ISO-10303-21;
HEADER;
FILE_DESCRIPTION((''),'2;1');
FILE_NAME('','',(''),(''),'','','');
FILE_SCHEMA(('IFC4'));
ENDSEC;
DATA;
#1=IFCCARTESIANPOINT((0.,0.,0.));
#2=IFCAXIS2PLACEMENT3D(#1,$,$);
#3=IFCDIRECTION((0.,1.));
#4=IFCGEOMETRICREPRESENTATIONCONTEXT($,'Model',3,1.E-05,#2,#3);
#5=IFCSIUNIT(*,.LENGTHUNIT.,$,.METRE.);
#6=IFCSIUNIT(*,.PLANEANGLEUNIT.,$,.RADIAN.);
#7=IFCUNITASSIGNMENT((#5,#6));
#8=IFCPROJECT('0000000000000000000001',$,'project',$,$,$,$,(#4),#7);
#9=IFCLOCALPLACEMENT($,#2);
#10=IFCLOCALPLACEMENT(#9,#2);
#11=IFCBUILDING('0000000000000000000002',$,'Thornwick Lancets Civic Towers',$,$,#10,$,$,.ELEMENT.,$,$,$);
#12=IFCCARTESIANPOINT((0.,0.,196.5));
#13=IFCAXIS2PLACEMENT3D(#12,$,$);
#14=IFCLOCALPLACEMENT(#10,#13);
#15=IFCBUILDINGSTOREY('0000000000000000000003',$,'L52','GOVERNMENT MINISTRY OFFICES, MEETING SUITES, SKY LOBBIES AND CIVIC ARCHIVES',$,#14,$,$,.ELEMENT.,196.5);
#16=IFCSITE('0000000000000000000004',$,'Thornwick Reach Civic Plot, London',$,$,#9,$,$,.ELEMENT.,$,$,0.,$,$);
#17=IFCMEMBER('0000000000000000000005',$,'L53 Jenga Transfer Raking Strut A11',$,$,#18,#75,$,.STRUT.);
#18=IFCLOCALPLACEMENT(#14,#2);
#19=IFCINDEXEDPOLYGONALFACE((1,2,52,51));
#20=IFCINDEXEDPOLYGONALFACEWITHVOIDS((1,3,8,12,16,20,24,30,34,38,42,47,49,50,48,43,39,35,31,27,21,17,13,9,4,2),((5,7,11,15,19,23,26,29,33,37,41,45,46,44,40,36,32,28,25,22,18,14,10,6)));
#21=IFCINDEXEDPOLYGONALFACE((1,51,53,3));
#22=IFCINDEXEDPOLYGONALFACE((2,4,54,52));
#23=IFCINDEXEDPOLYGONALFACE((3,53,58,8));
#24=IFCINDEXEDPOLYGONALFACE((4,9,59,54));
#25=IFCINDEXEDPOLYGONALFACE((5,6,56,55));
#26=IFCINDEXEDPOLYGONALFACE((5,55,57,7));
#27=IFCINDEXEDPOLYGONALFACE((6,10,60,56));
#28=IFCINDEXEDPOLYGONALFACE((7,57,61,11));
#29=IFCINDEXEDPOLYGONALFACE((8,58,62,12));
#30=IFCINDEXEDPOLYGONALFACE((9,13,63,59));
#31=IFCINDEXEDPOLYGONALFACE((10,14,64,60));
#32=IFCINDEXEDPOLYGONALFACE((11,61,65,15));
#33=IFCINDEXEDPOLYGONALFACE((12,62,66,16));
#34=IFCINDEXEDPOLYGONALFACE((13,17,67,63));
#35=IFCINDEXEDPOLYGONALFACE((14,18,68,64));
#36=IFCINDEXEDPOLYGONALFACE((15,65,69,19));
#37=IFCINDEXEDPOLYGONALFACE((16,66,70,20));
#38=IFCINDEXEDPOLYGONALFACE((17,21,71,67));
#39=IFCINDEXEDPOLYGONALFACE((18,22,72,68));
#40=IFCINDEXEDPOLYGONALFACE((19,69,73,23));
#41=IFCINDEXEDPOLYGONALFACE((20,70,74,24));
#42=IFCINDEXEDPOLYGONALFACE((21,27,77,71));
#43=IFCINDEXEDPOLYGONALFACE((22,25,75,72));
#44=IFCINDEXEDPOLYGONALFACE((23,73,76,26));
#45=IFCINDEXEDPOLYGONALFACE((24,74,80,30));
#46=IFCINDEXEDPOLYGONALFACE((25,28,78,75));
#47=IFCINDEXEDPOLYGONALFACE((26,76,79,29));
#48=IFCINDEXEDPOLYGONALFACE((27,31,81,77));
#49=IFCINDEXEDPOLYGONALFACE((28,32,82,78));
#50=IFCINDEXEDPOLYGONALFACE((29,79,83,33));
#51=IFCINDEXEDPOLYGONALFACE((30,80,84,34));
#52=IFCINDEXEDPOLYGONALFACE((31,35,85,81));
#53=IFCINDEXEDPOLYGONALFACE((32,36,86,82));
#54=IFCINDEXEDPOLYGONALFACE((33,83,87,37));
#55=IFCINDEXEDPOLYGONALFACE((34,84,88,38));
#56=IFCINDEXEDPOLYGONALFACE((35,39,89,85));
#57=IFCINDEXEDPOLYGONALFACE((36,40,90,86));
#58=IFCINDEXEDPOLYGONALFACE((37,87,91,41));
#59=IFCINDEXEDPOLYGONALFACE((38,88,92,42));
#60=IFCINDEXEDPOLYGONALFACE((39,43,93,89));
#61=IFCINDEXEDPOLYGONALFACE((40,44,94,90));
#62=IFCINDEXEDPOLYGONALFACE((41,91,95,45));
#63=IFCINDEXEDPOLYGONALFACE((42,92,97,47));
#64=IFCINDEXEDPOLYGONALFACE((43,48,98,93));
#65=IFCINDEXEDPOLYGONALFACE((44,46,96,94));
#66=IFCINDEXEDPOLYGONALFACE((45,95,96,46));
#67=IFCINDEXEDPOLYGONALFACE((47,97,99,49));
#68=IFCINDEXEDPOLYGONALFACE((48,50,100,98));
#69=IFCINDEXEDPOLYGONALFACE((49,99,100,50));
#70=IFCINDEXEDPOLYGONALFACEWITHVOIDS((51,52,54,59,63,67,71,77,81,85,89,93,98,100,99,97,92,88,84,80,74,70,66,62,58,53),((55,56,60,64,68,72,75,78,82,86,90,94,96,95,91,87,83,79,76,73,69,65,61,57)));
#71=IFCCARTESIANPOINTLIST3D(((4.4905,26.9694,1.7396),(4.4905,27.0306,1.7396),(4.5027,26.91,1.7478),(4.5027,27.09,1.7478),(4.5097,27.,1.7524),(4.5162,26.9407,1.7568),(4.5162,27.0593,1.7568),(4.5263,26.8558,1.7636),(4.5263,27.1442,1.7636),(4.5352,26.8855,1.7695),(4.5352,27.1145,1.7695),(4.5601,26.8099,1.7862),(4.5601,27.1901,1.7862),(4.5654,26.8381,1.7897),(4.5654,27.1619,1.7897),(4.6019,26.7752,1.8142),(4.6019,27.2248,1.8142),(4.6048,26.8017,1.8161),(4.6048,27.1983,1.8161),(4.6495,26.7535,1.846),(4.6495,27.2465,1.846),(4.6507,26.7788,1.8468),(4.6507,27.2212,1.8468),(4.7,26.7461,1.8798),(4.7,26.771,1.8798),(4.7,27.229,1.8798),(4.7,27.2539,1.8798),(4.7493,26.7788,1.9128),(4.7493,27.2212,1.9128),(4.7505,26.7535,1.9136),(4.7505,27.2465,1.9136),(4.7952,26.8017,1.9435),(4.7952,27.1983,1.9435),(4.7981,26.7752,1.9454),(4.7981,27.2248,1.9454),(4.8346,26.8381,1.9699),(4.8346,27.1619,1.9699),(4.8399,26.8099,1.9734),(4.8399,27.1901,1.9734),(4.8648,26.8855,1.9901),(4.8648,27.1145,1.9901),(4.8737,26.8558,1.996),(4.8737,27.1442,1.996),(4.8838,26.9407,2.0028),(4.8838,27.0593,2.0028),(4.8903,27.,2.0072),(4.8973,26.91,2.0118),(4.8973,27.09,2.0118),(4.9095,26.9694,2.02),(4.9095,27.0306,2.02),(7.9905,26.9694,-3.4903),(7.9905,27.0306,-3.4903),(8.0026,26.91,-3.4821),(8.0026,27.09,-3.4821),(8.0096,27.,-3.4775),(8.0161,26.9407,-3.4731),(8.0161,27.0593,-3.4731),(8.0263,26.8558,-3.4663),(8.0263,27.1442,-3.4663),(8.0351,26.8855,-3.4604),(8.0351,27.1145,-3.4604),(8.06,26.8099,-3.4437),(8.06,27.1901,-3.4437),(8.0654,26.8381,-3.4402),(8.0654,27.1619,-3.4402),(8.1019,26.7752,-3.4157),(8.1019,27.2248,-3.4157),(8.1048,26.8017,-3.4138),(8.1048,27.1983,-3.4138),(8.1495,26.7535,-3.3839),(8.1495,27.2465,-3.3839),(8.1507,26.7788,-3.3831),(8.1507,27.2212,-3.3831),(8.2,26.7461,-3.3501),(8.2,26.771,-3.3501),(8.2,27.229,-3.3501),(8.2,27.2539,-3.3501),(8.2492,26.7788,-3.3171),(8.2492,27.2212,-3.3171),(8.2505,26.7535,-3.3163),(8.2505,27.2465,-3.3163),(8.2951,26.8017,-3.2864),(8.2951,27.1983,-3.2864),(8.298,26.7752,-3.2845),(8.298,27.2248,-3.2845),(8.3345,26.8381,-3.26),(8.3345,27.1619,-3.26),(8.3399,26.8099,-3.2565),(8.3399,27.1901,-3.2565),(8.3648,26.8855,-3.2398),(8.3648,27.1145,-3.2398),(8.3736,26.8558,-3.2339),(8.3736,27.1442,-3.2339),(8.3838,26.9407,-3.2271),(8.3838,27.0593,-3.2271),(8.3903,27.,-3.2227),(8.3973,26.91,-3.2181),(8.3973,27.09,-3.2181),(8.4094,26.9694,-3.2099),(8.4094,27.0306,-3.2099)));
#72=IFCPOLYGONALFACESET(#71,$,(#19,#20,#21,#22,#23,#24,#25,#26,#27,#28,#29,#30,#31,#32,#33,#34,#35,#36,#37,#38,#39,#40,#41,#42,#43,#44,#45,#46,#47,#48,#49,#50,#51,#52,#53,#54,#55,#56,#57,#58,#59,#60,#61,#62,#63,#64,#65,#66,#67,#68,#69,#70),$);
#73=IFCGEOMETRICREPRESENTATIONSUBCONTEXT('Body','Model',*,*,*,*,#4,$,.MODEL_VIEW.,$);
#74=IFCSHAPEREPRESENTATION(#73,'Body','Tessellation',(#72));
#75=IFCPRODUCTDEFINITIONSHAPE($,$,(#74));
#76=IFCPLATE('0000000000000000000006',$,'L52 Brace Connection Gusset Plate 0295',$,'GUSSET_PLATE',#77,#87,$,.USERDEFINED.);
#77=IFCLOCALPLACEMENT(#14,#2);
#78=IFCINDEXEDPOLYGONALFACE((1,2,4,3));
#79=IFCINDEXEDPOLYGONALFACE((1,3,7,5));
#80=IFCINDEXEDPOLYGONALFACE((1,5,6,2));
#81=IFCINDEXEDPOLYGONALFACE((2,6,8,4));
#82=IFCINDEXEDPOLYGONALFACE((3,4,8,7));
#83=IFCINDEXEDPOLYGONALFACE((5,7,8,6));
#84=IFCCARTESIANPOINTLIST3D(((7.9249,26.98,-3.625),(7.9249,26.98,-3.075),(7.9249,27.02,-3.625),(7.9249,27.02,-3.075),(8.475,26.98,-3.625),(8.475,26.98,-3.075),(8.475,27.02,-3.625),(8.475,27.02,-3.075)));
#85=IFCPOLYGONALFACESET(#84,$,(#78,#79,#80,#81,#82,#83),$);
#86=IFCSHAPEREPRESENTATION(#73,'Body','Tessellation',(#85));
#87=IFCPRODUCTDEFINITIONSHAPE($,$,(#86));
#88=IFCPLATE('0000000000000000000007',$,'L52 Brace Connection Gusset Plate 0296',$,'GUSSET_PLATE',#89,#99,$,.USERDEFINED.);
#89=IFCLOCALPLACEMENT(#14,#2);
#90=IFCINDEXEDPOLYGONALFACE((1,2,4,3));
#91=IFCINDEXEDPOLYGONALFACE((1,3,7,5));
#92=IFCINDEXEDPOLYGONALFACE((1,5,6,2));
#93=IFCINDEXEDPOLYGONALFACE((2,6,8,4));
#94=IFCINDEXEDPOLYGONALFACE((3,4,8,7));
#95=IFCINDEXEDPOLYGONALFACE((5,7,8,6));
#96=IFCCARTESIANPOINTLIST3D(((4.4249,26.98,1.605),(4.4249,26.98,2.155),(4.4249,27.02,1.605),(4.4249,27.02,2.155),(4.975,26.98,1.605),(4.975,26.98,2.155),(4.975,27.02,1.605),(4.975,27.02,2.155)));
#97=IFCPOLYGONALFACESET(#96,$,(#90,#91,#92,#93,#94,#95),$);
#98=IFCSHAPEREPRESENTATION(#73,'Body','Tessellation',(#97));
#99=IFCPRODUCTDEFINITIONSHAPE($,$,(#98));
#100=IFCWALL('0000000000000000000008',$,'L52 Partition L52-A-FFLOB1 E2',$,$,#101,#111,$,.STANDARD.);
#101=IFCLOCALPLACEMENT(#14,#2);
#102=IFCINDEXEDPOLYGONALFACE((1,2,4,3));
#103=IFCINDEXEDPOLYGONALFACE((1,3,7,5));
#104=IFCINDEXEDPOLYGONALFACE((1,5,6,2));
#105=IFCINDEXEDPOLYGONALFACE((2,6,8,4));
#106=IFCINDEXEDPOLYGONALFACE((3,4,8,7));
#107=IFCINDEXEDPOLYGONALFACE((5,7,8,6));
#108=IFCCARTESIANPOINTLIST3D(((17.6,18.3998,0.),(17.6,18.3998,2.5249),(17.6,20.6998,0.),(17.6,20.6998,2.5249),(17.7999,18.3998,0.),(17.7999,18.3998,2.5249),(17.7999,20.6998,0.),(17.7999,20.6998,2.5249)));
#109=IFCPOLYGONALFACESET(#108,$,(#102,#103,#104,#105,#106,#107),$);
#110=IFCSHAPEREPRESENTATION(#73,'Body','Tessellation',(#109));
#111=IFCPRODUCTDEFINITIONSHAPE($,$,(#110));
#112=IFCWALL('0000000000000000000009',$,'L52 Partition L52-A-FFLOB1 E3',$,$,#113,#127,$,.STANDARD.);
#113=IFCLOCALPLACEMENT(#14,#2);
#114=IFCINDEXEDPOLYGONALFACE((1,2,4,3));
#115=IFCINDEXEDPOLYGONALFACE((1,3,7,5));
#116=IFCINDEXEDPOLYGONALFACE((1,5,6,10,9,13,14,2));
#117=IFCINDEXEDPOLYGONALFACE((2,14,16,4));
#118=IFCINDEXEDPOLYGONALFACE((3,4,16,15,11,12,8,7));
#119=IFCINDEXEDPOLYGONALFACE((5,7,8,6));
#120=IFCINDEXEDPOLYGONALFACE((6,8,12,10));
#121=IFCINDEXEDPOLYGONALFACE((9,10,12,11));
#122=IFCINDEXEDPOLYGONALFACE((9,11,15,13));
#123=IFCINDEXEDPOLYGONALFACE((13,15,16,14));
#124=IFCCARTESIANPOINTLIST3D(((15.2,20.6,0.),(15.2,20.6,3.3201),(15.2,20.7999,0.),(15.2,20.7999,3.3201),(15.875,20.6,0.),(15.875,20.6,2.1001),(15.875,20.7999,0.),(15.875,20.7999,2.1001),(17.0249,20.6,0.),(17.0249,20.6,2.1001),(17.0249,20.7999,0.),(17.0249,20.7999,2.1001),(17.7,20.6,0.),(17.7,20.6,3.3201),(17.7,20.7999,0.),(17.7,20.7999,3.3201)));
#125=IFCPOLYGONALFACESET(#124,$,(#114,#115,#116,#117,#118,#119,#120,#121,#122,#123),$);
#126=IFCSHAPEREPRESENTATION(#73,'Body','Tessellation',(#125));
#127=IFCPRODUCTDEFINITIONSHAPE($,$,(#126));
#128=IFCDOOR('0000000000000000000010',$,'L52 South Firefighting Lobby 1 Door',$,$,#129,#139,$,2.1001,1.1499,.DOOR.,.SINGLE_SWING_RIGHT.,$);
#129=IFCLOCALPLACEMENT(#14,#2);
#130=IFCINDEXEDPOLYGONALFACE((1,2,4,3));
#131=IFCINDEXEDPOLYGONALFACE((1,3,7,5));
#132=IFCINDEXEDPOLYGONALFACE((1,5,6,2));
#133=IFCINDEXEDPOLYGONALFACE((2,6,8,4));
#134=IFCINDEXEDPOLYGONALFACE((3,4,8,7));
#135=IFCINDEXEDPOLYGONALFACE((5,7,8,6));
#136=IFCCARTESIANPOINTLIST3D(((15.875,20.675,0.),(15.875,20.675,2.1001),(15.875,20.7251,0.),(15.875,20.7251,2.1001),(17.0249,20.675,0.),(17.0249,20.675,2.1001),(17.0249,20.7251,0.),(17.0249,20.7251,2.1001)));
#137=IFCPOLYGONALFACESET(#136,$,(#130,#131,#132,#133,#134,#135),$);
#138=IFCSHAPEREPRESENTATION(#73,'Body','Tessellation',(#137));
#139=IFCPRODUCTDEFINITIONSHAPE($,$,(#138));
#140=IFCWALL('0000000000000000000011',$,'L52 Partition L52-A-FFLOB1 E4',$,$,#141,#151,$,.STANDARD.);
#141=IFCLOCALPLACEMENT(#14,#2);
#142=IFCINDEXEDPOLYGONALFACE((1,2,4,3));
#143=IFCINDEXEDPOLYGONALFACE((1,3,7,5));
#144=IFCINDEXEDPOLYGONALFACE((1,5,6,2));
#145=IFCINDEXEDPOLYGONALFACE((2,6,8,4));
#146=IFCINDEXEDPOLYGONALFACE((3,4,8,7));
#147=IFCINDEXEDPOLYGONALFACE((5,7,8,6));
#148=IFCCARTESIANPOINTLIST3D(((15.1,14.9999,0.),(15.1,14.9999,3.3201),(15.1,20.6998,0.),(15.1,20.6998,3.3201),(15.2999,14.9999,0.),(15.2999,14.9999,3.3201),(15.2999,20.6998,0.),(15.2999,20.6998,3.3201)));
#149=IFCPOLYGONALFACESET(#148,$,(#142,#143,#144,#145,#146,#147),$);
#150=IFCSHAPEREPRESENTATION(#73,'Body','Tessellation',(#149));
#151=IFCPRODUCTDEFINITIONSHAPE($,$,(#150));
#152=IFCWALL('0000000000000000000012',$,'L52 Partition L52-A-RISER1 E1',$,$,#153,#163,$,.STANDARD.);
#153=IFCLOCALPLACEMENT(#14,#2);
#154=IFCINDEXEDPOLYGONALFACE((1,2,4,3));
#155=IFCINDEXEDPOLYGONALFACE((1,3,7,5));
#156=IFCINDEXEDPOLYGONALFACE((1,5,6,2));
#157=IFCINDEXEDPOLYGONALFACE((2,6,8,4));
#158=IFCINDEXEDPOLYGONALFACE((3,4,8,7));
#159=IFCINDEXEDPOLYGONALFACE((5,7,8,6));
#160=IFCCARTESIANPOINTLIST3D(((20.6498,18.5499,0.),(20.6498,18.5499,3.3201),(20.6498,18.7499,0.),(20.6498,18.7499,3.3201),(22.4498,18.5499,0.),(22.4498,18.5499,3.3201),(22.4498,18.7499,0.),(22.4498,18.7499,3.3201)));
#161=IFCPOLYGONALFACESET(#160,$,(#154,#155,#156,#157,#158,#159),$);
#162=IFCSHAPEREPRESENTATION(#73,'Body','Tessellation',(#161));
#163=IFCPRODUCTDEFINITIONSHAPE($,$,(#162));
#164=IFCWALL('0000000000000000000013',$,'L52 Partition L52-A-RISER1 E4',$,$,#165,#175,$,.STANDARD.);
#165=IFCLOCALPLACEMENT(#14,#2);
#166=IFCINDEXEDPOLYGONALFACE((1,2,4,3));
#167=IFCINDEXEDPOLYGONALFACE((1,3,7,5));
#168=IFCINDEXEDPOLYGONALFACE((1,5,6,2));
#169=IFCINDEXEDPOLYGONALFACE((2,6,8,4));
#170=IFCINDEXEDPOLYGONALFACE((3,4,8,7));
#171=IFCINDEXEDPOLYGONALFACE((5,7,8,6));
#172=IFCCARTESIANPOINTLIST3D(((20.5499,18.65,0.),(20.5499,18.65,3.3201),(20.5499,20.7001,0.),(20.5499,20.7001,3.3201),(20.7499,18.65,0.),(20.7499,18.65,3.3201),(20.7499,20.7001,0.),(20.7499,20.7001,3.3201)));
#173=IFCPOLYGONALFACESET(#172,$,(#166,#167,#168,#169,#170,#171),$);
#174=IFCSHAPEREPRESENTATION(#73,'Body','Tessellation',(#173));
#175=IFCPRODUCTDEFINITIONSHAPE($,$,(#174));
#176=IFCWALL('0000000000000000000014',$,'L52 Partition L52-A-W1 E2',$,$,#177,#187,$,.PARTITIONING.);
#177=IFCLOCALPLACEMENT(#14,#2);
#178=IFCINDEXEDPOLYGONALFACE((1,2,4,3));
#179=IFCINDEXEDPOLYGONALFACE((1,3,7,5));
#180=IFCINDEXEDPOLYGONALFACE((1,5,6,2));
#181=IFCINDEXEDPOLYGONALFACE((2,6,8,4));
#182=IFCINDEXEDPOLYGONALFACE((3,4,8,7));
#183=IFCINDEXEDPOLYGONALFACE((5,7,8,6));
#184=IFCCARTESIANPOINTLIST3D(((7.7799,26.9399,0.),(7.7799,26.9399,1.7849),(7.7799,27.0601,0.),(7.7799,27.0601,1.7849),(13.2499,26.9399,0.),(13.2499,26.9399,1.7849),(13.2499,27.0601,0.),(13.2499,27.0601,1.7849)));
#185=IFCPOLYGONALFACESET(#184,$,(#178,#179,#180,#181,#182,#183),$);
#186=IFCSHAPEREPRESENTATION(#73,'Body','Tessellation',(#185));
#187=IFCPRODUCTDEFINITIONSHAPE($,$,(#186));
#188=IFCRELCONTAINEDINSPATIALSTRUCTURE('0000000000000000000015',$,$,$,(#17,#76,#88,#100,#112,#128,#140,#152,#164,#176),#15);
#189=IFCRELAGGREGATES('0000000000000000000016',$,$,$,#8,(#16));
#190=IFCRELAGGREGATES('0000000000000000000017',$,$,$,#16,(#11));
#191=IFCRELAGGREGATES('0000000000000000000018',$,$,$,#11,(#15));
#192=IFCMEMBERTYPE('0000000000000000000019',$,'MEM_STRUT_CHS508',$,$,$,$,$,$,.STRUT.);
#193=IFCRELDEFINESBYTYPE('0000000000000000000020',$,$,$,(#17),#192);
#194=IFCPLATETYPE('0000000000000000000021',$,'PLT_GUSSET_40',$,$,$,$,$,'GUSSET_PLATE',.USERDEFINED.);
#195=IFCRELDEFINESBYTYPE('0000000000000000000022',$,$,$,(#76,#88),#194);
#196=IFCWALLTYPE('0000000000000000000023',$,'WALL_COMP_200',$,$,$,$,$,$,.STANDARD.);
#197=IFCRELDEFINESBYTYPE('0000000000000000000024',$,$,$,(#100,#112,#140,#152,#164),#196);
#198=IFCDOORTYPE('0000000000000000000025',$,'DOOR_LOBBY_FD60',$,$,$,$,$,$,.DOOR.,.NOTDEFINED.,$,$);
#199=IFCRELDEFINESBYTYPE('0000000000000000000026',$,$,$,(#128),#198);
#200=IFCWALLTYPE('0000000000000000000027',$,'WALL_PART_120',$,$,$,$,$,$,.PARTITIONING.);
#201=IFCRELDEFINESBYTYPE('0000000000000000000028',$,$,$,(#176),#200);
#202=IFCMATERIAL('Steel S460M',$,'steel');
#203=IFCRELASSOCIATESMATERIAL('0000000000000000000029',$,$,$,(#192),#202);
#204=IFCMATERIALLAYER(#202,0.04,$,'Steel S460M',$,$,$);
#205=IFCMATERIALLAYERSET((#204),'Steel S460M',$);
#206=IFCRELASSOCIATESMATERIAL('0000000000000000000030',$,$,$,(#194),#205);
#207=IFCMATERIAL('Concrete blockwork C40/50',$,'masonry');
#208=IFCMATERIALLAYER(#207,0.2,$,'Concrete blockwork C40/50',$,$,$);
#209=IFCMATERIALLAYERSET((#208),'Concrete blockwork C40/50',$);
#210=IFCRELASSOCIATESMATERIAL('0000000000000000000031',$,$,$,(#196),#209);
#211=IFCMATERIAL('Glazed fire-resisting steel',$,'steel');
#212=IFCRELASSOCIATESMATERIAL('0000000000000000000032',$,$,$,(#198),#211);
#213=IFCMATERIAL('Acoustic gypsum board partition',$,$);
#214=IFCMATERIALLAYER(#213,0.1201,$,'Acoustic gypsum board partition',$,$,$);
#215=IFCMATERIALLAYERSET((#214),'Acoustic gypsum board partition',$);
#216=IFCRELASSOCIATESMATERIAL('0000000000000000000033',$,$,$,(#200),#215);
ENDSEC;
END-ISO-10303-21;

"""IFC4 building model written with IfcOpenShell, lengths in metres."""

from ifc_helpers import new_model, si_unit, direction, frame, frame_2d, origin, origin_2d, place, context, subcontext, project, spatial, rectangle, hollow_circle, extrude, material, layer, layer_set, material_profile, profile_set, type_object, element, fill, save


model = new_model("IFC4")

# Units and contexts
model_context = context("Model", 3, precision=1e-05, world=origin(), true_north=direction((0.0, 1.0)))
body_context = subcontext(model_context, "Body", "Model", "MODEL_VIEW")
ifc_project = project(units=[si_unit("LENGTHUNIT", "METRE"), si_unit("PLANEANGLEUNIT", "RADIAN")], contexts=[model_context])

# Site, building, storey
site_placement = place(None, origin())
site = spatial("IfcSite", under=ifc_project, at=site_placement, Name="Thornwick Reach Civic Plot, London", CompositionType="ELEMENT", RefElevation=0.0)
building_placement = place(site_placement, origin())
building = spatial("IfcBuilding", under=site, at=building_placement, Name="Thornwick Lancets Civic Towers", CompositionType="ELEMENT")
storey_placement = place(building_placement, frame((0.0, 0.0, 196.5)))
storey = spatial("IfcBuildingStorey", under=building, at=storey_placement, Name="L52", Description="GOVERNMENT MINISTRY OFFICES, MEETING SUITES, SKY LOBBIES AND CIVIC ARCHIVES", CompositionType="ELEMENT", Elevation=196.5)

# Member
ifc_material_1 = material(Name="Steel S460M", Category="steel")
ifc_material_profile_1 = material_profile(ifc_material_1, hollow_circle(Radius=0.2539, WallThickness=0.0249, at=origin_2d()), Name="CHS 508x25")
ifc_profile_set_1 = profile_set([ifc_material_profile_1], Name="Steel S460M")
member_type = type_object("IfcMemberType", Name="MEM_STRUT_CHS508", PredefinedType="STRUT", material=ifc_profile_set_1)
member_placement = place(storey_placement, frame((8.2, 27.0, -3.3501), z_axis=(-0.556168, 0.0, 0.83107), x_axis=(0.0, -1.0, 0.0)))
element("IfcMember", 1, at=member_placement, inside=storey, type_object=member_type, Name="L53 Jenga Transfer Raking Strut A11", PredefinedType="STRUT", context=body_context, shape_type="SweptSolid", body=[
    extrude(hollow_circle(Radius=0.2539, WallThickness=0.0249, at=origin_2d()), origin(), (0.0, 0.0, 1.0), 6.293),
])

# Plates
ifc_layer_1 = layer(ifc_material_1, 0.04, Name="Steel S460M")
ifc_layer_set_1 = layer_set([ifc_layer_1], Name="Steel S460M")
plate_type = type_object("IfcPlateType", Name="PLT_GUSSET_40", ElementType="GUSSET_PLATE", PredefinedType="USERDEFINED", material=ifc_layer_set_1)
for number, where, z_axis, x_axis, name in (
    (2, (8.2, 27.0, -3.625), (0.0, 0.0, 1.0), (-1.0, 0.0, 0.0), "L52 Brace Connection Gusset Plate 0295"),
    (3, (4.7, 27.0, 1.605), (0.0, 0.0, 1.0), (-1.0, 0.0, 0.0), "L52 Brace Connection Gusset Plate 0296"),
):
    element("IfcPlate", number, at=place(storey_placement, frame(where, z_axis=z_axis, x_axis=x_axis)), inside=storey, type_object=plate_type, Name=name, ObjectType="GUSSET_PLATE", PredefinedType="USERDEFINED", context=body_context, shape_type="SweptSolid", body=[
        extrude(rectangle(XDim=0.55, YDim=0.04, at=origin_2d()), origin(), (0.0, 0.0, 1.0), 0.55),
    ])

# Wall
ifc_material_2 = material(Name="Concrete blockwork C40/50", Category="masonry")
ifc_layer_2 = layer(ifc_material_2, 0.2, Name="Concrete blockwork C40/50")
ifc_layer_set_2 = layer_set([ifc_layer_2], Name="Concrete blockwork C40/50")
wall_type_1 = type_object("IfcWallType", Name="WALL_COMP_200", PredefinedType="STANDARD", material=ifc_layer_set_2)
wall_1_placement = place(storey_placement, frame((17.7, 18.3999, 0.0), z_axis=(0.0, 0.0, 1.0), x_axis=(0.0, 1.0, 0.0)))
element("IfcWall", 4, at=wall_1_placement, inside=storey, type_object=wall_type_1, Name="L52 Partition L52-A-FFLOB1 E2", PredefinedType="STANDARD", context=body_context, shape_type="SweptSolid", body=[
    extrude(rectangle(XDim=2.3, YDim=0.2, at=frame_2d((1.1499, 0.0))), origin(), (0.0, 0.0, 1.0), 2.5249),
])

# Wall, opening, door
wall_2_placement = place(storey_placement, frame((17.7, 20.7, 0.0), z_axis=(0.0, 0.0, 1.0), x_axis=(-1.0, 0.0, 0.0)))
wall_2 = element("IfcWall", 5, at=wall_2_placement, inside=storey, type_object=wall_type_1, Name="L52 Partition L52-A-FFLOB1 E3", PredefinedType="STANDARD", context=body_context, shape_type="SweptSolid", body=[
    extrude(rectangle(XDim=2.5, YDim=0.2, at=frame_2d((1.25, 0.0))), origin(), (0.0, 0.0, 1.0), 3.3201),
])
opening_1_placement = place(wall_2_placement, frame((0.675, 0.0, 0.0)))
opening_1 = element("IfcOpeningElement", 6, at=opening_1_placement, cuts=wall_2, PredefinedType="OPENING", context=body_context, shape_type="SweptSolid", body=[
    extrude(rectangle(XDim=1.1499, YDim=2.1001, at=frame_2d((0.575, 1.05))), frame((0.0, 0.1099, 0.0), z_axis=(0.0, -1.0, 0.0), x_axis=(1.0, 0.0, 0.0)), (0.0, 0.0, 1.0), 0.22),
])
ifc_material_3 = material(Name="Glazed fire-resisting steel", Category="steel")
door_type_1 = type_object("IfcDoorType", Name="DOOR_LOBBY_FD60", OperationType="NOTDEFINED", PredefinedType="DOOR", material=ifc_material_3)
door_1_placement = place(opening_1_placement, origin())
door_1 = element("IfcDoor", 7, at=door_1_placement, inside=storey, type_object=door_type_1, Name="L52 South Firefighting Lobby 1 Door", OperationType="SINGLE_SWING_RIGHT", OverallHeight=2.1001, OverallWidth=1.1499, PredefinedType="DOOR", context=body_context, shape_type="SweptSolid", body=[
    extrude(rectangle(XDim=1.1499, YDim=2.1001, at=frame_2d((0.575, 1.05))), frame((0.0, 0.0249, 0.0), z_axis=(0.0, -1.0, 0.0), x_axis=(1.0, 0.0, 0.0)), (0.0, 0.0, 1.0), 0.05),
])
fill(opening_1, door_1)

# Walls
wall_3_placement = place(storey_placement, frame((15.2, 20.7, 0.0), z_axis=(0.0, 0.0, 1.0), x_axis=(0.0, -1.0, 0.0)))
element("IfcWall", 8, at=wall_3_placement, inside=storey, type_object=wall_type_1, Name="L52 Partition L52-A-FFLOB1 E4", PredefinedType="STANDARD", context=body_context, shape_type="SweptSolid", body=[
    extrude(rectangle(XDim=5.7, YDim=0.2, at=frame_2d((2.8501, 0.0))), origin(), (0.0, 0.0, 1.0), 3.3201),
])
wall_4_placement = place(storey_placement, frame((20.6499, 18.6499, 0.0), z_axis=(0.0, 0.0, 1.0), x_axis=(1.0, 0.0, 0.0)))
element("IfcWall", 9, at=wall_4_placement, inside=storey, type_object=wall_type_1, Name="L52 Partition L52-A-RISER1 E1", PredefinedType="STANDARD", context=body_context, shape_type="SweptSolid", body=[
    extrude(rectangle(XDim=1.8, YDim=0.2, at=frame_2d((0.8999, 0.0))), origin(), (0.0, 0.0, 1.0), 3.3201),
])
wall_5_placement = place(storey_placement, frame((20.6499, 20.7, 0.0), z_axis=(0.0, 0.0, 1.0), x_axis=(0.0, -1.0, 0.0)))
element("IfcWall", 10, at=wall_5_placement, inside=storey, type_object=wall_type_1, Name="L52 Partition L52-A-RISER1 E4", PredefinedType="STANDARD", context=body_context, shape_type="SweptSolid", body=[
    extrude(rectangle(XDim=2.05, YDim=0.2, at=frame_2d((1.0249, 0.0))), origin(), (0.0, 0.0, 1.0), 3.3201),
])
ifc_material_4 = material(Name="Acoustic gypsum board partition")
ifc_layer_3 = layer(ifc_material_4, 0.1201, Name="Acoustic gypsum board partition")
ifc_layer_set_3 = layer_set([ifc_layer_3], Name="Acoustic gypsum board partition")
wall_type_2 = type_object("IfcWallType", Name="WALL_PART_120", PredefinedType="PARTITIONING", material=ifc_layer_set_3)
wall_6_placement = place(storey_placement, frame((7.78, 27.0, 0.0), z_axis=(0.0, 0.0, 1.0), x_axis=(1.0, 0.0, 0.0)))
element("IfcWall", 11, at=wall_6_placement, inside=storey, type_object=wall_type_2, Name="L52 Partition L52-A-W1 E2", PredefinedType="PARTITIONING", context=body_context, shape_type="SweptSolid", body=[
    extrude(rectangle(XDim=5.47, YDim=0.1201, at=frame_2d((2.7349, 0.0))), origin(), (0.0, 0.0, 1.0), 1.7849),
])

save(model, "model.ifc")
